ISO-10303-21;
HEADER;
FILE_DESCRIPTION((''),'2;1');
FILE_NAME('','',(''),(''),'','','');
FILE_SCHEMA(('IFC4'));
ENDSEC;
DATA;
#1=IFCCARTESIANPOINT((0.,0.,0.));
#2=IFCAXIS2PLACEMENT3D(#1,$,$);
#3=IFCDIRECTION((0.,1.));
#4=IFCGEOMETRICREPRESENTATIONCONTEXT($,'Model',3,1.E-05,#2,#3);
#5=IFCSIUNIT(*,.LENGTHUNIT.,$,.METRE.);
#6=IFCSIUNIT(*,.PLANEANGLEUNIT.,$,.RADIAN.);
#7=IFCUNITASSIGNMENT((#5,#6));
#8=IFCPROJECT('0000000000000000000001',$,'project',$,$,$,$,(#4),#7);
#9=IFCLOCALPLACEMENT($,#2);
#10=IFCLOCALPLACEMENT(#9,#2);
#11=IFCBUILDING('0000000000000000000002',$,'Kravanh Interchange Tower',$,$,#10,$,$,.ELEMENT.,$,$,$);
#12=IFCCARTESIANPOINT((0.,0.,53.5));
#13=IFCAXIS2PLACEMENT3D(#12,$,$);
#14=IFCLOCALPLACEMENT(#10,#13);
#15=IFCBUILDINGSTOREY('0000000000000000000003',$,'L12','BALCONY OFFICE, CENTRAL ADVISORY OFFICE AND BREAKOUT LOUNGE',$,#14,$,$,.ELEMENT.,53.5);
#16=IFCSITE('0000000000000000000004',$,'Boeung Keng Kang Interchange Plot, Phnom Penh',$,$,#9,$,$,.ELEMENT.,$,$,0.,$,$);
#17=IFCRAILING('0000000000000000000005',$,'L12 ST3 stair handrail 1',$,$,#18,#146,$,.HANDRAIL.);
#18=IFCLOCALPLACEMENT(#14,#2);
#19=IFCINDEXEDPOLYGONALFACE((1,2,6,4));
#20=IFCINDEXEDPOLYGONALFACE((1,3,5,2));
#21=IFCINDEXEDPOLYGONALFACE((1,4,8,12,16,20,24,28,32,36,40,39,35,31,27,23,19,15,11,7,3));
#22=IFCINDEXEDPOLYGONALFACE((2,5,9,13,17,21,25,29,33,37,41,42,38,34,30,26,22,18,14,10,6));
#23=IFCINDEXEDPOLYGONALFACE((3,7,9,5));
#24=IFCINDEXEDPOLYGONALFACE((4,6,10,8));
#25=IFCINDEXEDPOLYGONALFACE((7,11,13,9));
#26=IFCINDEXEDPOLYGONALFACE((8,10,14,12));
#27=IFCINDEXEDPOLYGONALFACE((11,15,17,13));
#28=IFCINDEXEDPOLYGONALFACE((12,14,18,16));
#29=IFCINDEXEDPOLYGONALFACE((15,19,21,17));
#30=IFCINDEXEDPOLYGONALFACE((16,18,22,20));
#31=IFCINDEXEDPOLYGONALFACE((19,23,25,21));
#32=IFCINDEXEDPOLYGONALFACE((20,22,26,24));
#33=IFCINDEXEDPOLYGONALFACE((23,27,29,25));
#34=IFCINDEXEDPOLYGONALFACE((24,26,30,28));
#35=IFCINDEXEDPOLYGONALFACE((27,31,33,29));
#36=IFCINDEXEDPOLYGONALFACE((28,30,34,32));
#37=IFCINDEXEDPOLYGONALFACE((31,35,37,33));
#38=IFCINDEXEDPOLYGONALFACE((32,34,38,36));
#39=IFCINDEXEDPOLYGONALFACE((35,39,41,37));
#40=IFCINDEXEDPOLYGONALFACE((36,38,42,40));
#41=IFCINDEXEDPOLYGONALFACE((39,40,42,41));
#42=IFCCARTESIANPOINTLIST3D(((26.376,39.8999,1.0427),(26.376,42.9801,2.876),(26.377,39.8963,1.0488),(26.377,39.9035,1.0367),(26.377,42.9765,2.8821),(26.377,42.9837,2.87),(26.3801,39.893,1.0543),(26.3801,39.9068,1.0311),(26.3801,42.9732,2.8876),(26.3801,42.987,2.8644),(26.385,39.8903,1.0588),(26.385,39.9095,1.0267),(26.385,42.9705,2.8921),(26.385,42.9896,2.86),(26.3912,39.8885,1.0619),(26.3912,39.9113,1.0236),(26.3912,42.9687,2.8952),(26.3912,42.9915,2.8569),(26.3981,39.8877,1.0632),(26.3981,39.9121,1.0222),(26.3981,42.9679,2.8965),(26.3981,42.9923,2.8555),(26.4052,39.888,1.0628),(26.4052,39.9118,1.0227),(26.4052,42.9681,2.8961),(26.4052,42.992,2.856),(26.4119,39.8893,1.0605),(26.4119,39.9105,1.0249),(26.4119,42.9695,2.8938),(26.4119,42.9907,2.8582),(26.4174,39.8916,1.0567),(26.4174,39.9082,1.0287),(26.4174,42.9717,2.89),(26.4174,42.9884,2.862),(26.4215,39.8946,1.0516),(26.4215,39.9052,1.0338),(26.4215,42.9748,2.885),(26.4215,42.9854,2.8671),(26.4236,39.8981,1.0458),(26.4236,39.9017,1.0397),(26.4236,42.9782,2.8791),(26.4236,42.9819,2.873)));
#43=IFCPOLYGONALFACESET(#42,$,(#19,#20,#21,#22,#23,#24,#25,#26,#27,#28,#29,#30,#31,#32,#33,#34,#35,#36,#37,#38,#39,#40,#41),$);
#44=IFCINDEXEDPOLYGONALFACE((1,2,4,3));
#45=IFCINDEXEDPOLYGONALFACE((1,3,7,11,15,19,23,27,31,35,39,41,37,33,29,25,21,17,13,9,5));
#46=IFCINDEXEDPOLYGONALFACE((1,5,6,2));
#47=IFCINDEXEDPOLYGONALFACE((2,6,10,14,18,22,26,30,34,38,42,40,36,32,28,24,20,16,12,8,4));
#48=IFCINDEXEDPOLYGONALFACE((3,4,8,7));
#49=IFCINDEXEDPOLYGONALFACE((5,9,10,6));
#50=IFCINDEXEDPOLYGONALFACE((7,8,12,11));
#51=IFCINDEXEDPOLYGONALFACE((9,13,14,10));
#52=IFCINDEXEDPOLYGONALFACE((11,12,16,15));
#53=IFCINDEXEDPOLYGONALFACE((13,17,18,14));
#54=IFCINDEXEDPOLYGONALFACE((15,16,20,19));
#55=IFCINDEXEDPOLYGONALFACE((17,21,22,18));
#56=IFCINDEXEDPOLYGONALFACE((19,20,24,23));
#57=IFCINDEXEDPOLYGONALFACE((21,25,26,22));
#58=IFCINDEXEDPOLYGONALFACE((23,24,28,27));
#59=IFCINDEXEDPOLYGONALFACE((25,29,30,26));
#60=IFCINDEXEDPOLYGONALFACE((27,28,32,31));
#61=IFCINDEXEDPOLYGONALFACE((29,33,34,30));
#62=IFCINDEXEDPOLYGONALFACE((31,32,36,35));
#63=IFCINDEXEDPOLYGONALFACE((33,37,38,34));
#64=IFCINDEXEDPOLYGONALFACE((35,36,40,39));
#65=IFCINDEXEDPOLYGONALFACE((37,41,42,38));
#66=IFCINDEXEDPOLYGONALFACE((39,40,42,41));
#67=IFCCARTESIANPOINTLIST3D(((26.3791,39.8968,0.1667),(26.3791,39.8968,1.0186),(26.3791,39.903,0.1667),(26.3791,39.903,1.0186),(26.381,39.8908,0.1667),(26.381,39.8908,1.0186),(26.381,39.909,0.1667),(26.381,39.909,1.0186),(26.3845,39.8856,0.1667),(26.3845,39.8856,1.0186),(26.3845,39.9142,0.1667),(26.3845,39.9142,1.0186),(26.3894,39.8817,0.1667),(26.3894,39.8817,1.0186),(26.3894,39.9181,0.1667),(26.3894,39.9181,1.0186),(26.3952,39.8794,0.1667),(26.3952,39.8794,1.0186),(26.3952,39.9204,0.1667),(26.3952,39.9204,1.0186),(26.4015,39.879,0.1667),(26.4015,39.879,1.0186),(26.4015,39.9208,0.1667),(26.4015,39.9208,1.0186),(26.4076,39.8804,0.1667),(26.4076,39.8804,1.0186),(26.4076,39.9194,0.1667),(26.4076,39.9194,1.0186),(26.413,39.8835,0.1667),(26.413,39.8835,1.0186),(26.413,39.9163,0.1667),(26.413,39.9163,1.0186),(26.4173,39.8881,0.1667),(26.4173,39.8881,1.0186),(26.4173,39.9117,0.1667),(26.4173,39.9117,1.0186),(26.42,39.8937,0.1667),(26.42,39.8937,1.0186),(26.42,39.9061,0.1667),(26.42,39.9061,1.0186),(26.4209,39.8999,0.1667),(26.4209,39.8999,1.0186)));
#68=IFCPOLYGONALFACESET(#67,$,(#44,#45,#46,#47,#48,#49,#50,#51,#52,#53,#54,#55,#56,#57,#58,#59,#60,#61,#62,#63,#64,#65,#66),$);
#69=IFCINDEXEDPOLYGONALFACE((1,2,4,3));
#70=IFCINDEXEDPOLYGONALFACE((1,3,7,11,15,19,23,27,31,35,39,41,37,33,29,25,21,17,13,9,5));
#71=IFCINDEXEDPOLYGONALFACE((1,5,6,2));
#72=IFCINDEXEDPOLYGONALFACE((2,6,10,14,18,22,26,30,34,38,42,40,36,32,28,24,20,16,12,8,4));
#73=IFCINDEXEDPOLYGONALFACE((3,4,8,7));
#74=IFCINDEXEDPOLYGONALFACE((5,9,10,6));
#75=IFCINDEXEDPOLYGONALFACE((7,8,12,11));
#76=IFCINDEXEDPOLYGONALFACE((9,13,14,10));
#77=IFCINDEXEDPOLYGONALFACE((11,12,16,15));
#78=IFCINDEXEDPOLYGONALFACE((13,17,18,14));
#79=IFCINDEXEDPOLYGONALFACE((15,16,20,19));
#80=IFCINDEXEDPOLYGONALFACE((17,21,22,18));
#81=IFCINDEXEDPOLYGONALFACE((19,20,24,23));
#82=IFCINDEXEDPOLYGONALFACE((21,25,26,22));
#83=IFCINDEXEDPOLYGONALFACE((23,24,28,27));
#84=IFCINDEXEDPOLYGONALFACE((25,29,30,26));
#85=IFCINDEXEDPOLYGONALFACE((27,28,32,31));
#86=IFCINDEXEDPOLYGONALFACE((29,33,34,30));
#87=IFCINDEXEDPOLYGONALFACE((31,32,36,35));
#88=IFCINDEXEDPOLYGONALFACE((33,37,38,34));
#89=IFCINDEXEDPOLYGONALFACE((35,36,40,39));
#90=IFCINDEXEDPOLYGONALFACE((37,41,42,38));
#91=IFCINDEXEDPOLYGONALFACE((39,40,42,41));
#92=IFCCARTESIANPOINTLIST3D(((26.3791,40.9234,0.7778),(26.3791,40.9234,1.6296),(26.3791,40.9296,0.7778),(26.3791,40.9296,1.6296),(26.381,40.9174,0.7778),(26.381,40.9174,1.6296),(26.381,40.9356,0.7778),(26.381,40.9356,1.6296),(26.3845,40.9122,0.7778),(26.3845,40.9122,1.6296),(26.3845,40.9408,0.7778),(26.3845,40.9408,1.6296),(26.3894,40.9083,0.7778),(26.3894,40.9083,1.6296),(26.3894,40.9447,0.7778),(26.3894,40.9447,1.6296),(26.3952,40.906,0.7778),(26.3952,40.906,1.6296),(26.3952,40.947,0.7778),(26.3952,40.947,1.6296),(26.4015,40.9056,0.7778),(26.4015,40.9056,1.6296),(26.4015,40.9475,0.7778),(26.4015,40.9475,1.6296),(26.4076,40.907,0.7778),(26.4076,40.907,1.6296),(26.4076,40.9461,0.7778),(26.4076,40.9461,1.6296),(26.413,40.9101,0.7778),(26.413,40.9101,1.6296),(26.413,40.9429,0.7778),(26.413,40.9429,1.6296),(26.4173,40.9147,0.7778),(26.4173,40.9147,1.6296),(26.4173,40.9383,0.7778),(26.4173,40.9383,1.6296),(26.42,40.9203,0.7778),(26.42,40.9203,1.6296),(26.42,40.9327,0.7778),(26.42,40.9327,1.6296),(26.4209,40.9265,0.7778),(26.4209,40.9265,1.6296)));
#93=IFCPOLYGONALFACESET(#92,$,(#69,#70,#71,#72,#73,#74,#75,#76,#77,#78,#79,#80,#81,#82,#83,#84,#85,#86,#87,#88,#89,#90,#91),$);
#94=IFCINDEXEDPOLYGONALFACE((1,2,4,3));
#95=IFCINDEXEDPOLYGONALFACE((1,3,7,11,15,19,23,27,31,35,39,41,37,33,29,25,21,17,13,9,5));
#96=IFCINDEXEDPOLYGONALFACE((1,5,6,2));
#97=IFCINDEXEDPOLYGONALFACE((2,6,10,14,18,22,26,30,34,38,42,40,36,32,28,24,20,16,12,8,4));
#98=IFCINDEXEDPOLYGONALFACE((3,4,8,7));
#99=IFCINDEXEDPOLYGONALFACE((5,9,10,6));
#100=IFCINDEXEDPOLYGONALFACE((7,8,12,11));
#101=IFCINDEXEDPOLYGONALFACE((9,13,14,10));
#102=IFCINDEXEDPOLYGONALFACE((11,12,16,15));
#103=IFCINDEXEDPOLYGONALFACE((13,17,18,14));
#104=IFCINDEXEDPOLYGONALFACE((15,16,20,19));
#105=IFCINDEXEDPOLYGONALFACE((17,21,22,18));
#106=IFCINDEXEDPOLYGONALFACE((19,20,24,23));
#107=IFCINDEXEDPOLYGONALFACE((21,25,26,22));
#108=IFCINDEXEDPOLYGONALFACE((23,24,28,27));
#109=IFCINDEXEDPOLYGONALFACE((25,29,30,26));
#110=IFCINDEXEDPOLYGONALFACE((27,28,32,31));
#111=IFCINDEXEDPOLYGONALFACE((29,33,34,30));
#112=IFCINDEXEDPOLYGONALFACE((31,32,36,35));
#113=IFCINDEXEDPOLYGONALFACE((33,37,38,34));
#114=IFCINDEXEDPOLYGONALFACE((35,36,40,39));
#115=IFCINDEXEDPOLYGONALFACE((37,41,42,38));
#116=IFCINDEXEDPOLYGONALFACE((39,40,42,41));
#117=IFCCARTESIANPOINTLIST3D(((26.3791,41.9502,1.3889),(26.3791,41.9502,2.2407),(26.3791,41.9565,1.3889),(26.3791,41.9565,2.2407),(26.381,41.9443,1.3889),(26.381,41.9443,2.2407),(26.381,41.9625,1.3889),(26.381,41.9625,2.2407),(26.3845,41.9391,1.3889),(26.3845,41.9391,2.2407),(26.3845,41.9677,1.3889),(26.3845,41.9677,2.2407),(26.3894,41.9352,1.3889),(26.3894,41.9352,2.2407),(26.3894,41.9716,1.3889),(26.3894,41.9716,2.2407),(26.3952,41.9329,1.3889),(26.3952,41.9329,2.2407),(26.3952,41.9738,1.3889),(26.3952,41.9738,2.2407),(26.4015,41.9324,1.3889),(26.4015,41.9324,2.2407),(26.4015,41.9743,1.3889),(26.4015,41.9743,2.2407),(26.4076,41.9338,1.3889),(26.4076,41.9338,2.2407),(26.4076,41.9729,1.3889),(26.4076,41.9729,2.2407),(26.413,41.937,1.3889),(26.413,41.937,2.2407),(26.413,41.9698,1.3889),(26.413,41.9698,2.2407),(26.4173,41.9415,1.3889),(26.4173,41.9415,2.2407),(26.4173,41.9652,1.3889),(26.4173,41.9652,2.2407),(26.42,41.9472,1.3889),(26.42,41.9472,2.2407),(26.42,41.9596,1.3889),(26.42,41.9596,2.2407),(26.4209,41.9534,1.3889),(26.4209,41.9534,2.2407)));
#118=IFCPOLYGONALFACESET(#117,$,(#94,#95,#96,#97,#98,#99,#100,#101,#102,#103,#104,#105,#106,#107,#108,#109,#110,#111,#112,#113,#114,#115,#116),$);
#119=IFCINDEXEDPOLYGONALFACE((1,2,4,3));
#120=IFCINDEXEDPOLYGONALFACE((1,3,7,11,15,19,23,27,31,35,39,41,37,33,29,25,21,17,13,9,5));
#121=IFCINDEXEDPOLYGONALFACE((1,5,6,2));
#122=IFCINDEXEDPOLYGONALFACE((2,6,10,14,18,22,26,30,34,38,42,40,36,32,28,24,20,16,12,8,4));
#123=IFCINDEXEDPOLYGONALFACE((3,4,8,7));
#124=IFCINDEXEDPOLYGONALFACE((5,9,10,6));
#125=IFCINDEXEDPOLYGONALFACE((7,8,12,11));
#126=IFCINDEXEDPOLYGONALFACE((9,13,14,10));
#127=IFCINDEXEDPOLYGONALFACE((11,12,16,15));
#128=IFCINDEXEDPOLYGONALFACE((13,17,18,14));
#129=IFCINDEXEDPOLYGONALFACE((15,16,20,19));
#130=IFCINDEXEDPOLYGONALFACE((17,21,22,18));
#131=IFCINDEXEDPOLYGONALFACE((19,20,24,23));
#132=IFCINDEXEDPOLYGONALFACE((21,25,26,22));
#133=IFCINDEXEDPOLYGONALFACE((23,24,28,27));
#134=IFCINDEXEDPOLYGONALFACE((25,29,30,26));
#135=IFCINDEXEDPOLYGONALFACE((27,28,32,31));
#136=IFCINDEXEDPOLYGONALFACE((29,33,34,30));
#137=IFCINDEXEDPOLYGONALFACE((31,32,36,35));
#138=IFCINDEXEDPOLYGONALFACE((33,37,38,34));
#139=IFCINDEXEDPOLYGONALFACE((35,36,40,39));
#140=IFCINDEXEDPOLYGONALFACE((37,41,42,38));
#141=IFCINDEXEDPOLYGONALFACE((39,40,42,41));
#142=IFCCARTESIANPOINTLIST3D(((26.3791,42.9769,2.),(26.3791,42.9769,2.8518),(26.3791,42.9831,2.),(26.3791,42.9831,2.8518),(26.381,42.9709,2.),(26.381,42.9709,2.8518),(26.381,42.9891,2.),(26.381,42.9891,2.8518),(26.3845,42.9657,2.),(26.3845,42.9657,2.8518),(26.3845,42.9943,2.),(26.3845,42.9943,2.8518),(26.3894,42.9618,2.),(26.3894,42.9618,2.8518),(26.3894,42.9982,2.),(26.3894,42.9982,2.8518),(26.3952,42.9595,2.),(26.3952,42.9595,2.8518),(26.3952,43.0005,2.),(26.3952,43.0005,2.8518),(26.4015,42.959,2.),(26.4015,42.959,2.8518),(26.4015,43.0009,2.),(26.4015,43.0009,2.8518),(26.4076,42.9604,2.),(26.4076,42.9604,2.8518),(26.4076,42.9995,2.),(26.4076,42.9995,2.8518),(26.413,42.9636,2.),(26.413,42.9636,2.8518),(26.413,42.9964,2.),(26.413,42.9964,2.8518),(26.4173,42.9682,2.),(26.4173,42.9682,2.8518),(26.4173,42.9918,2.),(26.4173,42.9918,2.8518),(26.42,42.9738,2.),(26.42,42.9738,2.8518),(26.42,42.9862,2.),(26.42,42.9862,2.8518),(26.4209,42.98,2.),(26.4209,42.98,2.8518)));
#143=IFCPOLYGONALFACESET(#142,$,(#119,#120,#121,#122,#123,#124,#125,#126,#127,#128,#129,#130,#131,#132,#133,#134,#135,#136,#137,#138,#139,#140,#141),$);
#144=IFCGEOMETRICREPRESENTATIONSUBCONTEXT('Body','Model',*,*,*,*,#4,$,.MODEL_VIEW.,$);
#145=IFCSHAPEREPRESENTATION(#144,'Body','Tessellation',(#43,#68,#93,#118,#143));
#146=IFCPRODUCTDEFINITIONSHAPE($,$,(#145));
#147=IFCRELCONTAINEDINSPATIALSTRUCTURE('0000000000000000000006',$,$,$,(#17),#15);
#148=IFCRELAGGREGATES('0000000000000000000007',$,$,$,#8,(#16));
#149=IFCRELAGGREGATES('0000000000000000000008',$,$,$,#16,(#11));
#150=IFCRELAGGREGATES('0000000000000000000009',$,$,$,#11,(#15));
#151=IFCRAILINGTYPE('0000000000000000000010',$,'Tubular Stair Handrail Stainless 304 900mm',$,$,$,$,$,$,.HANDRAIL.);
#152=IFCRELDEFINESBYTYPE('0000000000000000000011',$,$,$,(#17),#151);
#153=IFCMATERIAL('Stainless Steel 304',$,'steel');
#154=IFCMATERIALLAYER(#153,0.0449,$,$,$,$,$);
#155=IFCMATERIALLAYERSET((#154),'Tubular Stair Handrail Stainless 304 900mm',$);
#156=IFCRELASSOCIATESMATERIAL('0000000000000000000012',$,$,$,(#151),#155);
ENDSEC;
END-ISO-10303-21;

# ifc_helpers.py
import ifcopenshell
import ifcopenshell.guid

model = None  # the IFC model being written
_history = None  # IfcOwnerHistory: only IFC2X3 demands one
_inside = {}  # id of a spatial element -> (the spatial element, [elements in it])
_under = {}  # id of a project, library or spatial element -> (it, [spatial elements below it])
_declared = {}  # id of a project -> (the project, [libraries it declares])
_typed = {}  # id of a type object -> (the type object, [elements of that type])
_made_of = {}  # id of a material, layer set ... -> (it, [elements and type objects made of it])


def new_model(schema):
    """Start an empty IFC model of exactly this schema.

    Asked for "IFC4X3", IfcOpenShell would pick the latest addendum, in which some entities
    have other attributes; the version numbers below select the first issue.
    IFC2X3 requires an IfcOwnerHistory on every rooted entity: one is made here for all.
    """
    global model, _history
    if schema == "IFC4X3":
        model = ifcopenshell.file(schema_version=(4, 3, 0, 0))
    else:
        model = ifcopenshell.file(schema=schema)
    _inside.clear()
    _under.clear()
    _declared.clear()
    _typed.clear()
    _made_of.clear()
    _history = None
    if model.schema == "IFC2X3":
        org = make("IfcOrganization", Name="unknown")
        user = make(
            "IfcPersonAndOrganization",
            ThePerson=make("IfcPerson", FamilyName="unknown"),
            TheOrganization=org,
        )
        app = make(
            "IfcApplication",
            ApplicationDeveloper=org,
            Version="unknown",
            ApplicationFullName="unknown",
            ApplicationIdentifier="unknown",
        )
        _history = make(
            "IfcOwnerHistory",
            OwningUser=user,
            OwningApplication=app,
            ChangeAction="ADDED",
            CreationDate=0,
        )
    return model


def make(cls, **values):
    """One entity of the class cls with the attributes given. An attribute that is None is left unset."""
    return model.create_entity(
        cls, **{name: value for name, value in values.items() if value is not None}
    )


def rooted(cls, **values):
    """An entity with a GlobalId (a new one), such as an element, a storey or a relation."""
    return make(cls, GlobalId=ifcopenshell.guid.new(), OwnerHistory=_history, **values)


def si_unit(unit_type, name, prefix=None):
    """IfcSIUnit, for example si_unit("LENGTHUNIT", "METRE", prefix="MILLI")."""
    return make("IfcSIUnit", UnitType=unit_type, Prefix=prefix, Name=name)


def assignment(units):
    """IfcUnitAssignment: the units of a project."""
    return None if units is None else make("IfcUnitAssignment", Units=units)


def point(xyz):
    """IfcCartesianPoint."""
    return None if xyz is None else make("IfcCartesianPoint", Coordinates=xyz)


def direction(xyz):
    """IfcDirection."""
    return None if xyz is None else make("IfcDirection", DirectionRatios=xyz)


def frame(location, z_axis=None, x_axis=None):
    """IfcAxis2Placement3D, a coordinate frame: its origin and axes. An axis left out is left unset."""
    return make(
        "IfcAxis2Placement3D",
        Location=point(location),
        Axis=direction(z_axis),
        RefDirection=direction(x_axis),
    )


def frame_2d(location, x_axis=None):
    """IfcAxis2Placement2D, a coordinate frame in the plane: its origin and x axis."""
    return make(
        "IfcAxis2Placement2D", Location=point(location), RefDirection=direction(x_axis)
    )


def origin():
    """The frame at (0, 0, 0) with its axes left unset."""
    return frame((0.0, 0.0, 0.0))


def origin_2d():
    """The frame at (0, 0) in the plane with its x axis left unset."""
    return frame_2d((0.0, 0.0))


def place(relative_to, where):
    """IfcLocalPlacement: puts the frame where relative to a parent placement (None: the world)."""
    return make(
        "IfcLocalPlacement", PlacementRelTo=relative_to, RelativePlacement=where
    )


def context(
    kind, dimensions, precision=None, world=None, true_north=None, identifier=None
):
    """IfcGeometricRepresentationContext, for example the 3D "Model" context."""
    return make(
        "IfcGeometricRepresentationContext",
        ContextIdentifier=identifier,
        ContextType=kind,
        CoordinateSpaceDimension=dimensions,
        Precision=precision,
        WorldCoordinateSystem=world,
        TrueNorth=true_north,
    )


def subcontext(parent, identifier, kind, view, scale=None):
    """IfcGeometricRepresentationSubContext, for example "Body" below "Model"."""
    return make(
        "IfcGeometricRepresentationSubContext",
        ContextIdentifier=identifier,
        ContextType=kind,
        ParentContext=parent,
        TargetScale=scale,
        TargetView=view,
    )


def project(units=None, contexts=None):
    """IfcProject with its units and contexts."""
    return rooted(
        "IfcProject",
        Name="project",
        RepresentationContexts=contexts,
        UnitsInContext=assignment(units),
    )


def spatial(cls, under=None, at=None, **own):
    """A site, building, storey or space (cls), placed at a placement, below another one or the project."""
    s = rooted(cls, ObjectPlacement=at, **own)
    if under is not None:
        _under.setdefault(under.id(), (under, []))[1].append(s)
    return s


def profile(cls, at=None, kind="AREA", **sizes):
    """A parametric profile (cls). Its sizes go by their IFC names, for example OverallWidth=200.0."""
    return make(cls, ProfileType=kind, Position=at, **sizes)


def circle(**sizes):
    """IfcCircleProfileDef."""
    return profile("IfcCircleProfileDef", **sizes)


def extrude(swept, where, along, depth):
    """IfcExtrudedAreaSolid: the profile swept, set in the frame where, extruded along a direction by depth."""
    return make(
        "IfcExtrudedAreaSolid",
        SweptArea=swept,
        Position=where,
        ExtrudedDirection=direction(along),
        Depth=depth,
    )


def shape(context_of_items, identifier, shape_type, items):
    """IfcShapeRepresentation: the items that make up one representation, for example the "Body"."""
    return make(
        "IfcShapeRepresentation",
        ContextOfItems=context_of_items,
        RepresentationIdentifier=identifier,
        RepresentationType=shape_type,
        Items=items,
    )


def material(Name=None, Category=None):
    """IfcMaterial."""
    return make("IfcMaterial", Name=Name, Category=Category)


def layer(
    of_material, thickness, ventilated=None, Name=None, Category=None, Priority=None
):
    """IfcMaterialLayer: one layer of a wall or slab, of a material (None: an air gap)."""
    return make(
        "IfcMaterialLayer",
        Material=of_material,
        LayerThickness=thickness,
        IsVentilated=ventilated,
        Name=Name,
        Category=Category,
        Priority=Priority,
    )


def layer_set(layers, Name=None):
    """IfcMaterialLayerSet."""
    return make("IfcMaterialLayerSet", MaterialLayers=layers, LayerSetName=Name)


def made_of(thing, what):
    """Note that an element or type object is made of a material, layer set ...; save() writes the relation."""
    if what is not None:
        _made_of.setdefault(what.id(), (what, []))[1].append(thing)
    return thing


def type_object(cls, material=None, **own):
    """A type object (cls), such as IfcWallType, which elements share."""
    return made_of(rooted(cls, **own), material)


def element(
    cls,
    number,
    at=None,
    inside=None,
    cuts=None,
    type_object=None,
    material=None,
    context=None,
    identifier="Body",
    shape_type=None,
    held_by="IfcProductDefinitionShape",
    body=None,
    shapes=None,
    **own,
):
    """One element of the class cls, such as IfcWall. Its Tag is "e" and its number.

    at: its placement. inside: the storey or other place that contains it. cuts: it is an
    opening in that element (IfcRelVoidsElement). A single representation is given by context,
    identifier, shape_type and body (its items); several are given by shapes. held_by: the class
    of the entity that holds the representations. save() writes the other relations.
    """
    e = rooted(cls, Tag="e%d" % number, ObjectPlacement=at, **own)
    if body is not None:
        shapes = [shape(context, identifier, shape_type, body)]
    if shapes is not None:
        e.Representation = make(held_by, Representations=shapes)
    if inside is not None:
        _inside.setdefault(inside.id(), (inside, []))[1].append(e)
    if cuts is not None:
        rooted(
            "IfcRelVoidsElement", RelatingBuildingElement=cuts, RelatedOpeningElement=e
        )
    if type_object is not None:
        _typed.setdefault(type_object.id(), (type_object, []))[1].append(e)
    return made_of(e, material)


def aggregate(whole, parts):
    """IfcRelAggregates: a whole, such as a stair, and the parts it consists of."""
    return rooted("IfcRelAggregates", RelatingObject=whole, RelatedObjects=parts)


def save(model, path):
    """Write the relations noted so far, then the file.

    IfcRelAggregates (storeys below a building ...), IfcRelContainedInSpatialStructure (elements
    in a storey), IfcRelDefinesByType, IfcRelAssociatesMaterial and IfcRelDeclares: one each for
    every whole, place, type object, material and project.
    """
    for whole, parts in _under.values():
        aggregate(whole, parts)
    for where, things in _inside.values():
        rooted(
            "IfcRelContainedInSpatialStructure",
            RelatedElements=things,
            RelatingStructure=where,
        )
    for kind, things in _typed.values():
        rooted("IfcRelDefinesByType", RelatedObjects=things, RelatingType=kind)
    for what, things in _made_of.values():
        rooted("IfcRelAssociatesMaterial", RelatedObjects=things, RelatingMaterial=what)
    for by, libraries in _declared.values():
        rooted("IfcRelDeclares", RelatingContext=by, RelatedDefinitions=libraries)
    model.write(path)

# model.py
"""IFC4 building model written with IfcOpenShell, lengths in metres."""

from ifc_helpers import new_model, si_unit, direction, frame, origin, origin_2d, place, context, subcontext, project, spatial, circle, extrude, material, layer, layer_set, type_object, element, save


model = new_model("IFC4")

# Units and contexts
model_context = context("Model", 3, precision=1e-05, world=origin(), true_north=direction((0.0, 1.0)))
body_context = subcontext(model_context, "Body", "Model", "MODEL_VIEW")
ifc_project = project(units=[si_unit("LENGTHUNIT", "METRE"), si_unit("PLANEANGLEUNIT", "RADIAN")], contexts=[model_context])

# Site, building, storey
site_placement = place(None, origin())
site = spatial("IfcSite", under=ifc_project, at=site_placement, Name="Boeung Keng Kang Interchange Plot, Phnom Penh", CompositionType="ELEMENT", RefElevation=0.0)
building_placement = place(site_placement, origin())
building = spatial("IfcBuilding", under=site, at=building_placement, Name="Kravanh Interchange Tower", CompositionType="ELEMENT")
storey_placement = place(building_placement, frame((0.0, 0.0, 53.5)))
storey = spatial("IfcBuildingStorey", under=building, at=storey_placement, Name="L12", Description="BALCONY OFFICE, CENTRAL ADVISORY OFFICE AND BREAKOUT LOUNGE", CompositionType="ELEMENT", Elevation=53.5)

# Railing
ifc_material_1 = material(Name="Stainless Steel 304", Category="steel")
ifc_layer_1 = layer(ifc_material_1, 0.0449)
ifc_layer_set_1 = layer_set([ifc_layer_1], Name="Tubular Stair Handrail Stainless 304 900mm")
railing_type_1 = type_object("IfcRailingType", Name="Tubular Stair Handrail Stainless 304 900mm", PredefinedType="HANDRAIL", material=ifc_layer_set_1)
railing_1_placement = place(storey_placement, frame((26.3999, 39.8999, 0.1667)))
element("IfcRailing", 1, at=railing_1_placement, inside=storey, type_object=railing_type_1, Name="L12 ST3 stair handrail 1", PredefinedType="HANDRAIL", context=body_context, shape_type="SweptSolid", body=[
    extrude(circle(Radius=0.0239, at=origin_2d()), frame((0.0, 0.0, 0.876), z_axis=(0.0, 0.859309, 0.511458), x_axis=(-1.0, 0.0, 0.0)), (0.0, 0.0, 1.0), 3.5845),
    extrude(circle(Radius=0.021, at=origin_2d()), origin(), (0.0, 0.0, 1.0), 0.8518),
    extrude(circle(Radius=0.021, at=origin_2d()), frame((0.0, 1.0266, 0.6111)), (0.0, 0.0, 1.0), 0.8518),
    extrude(circle(Radius=0.021, at=origin_2d()), frame((0.0, 2.0535, 1.2222)), (0.0, 0.0, 1.0), 0.8518),
    extrude(circle(Radius=0.021, at=origin_2d()), frame((0.0, 3.0801, 1.8333)), (0.0, 0.0, 1.0), 0.8518),
])

save(model, "model.ifc")
